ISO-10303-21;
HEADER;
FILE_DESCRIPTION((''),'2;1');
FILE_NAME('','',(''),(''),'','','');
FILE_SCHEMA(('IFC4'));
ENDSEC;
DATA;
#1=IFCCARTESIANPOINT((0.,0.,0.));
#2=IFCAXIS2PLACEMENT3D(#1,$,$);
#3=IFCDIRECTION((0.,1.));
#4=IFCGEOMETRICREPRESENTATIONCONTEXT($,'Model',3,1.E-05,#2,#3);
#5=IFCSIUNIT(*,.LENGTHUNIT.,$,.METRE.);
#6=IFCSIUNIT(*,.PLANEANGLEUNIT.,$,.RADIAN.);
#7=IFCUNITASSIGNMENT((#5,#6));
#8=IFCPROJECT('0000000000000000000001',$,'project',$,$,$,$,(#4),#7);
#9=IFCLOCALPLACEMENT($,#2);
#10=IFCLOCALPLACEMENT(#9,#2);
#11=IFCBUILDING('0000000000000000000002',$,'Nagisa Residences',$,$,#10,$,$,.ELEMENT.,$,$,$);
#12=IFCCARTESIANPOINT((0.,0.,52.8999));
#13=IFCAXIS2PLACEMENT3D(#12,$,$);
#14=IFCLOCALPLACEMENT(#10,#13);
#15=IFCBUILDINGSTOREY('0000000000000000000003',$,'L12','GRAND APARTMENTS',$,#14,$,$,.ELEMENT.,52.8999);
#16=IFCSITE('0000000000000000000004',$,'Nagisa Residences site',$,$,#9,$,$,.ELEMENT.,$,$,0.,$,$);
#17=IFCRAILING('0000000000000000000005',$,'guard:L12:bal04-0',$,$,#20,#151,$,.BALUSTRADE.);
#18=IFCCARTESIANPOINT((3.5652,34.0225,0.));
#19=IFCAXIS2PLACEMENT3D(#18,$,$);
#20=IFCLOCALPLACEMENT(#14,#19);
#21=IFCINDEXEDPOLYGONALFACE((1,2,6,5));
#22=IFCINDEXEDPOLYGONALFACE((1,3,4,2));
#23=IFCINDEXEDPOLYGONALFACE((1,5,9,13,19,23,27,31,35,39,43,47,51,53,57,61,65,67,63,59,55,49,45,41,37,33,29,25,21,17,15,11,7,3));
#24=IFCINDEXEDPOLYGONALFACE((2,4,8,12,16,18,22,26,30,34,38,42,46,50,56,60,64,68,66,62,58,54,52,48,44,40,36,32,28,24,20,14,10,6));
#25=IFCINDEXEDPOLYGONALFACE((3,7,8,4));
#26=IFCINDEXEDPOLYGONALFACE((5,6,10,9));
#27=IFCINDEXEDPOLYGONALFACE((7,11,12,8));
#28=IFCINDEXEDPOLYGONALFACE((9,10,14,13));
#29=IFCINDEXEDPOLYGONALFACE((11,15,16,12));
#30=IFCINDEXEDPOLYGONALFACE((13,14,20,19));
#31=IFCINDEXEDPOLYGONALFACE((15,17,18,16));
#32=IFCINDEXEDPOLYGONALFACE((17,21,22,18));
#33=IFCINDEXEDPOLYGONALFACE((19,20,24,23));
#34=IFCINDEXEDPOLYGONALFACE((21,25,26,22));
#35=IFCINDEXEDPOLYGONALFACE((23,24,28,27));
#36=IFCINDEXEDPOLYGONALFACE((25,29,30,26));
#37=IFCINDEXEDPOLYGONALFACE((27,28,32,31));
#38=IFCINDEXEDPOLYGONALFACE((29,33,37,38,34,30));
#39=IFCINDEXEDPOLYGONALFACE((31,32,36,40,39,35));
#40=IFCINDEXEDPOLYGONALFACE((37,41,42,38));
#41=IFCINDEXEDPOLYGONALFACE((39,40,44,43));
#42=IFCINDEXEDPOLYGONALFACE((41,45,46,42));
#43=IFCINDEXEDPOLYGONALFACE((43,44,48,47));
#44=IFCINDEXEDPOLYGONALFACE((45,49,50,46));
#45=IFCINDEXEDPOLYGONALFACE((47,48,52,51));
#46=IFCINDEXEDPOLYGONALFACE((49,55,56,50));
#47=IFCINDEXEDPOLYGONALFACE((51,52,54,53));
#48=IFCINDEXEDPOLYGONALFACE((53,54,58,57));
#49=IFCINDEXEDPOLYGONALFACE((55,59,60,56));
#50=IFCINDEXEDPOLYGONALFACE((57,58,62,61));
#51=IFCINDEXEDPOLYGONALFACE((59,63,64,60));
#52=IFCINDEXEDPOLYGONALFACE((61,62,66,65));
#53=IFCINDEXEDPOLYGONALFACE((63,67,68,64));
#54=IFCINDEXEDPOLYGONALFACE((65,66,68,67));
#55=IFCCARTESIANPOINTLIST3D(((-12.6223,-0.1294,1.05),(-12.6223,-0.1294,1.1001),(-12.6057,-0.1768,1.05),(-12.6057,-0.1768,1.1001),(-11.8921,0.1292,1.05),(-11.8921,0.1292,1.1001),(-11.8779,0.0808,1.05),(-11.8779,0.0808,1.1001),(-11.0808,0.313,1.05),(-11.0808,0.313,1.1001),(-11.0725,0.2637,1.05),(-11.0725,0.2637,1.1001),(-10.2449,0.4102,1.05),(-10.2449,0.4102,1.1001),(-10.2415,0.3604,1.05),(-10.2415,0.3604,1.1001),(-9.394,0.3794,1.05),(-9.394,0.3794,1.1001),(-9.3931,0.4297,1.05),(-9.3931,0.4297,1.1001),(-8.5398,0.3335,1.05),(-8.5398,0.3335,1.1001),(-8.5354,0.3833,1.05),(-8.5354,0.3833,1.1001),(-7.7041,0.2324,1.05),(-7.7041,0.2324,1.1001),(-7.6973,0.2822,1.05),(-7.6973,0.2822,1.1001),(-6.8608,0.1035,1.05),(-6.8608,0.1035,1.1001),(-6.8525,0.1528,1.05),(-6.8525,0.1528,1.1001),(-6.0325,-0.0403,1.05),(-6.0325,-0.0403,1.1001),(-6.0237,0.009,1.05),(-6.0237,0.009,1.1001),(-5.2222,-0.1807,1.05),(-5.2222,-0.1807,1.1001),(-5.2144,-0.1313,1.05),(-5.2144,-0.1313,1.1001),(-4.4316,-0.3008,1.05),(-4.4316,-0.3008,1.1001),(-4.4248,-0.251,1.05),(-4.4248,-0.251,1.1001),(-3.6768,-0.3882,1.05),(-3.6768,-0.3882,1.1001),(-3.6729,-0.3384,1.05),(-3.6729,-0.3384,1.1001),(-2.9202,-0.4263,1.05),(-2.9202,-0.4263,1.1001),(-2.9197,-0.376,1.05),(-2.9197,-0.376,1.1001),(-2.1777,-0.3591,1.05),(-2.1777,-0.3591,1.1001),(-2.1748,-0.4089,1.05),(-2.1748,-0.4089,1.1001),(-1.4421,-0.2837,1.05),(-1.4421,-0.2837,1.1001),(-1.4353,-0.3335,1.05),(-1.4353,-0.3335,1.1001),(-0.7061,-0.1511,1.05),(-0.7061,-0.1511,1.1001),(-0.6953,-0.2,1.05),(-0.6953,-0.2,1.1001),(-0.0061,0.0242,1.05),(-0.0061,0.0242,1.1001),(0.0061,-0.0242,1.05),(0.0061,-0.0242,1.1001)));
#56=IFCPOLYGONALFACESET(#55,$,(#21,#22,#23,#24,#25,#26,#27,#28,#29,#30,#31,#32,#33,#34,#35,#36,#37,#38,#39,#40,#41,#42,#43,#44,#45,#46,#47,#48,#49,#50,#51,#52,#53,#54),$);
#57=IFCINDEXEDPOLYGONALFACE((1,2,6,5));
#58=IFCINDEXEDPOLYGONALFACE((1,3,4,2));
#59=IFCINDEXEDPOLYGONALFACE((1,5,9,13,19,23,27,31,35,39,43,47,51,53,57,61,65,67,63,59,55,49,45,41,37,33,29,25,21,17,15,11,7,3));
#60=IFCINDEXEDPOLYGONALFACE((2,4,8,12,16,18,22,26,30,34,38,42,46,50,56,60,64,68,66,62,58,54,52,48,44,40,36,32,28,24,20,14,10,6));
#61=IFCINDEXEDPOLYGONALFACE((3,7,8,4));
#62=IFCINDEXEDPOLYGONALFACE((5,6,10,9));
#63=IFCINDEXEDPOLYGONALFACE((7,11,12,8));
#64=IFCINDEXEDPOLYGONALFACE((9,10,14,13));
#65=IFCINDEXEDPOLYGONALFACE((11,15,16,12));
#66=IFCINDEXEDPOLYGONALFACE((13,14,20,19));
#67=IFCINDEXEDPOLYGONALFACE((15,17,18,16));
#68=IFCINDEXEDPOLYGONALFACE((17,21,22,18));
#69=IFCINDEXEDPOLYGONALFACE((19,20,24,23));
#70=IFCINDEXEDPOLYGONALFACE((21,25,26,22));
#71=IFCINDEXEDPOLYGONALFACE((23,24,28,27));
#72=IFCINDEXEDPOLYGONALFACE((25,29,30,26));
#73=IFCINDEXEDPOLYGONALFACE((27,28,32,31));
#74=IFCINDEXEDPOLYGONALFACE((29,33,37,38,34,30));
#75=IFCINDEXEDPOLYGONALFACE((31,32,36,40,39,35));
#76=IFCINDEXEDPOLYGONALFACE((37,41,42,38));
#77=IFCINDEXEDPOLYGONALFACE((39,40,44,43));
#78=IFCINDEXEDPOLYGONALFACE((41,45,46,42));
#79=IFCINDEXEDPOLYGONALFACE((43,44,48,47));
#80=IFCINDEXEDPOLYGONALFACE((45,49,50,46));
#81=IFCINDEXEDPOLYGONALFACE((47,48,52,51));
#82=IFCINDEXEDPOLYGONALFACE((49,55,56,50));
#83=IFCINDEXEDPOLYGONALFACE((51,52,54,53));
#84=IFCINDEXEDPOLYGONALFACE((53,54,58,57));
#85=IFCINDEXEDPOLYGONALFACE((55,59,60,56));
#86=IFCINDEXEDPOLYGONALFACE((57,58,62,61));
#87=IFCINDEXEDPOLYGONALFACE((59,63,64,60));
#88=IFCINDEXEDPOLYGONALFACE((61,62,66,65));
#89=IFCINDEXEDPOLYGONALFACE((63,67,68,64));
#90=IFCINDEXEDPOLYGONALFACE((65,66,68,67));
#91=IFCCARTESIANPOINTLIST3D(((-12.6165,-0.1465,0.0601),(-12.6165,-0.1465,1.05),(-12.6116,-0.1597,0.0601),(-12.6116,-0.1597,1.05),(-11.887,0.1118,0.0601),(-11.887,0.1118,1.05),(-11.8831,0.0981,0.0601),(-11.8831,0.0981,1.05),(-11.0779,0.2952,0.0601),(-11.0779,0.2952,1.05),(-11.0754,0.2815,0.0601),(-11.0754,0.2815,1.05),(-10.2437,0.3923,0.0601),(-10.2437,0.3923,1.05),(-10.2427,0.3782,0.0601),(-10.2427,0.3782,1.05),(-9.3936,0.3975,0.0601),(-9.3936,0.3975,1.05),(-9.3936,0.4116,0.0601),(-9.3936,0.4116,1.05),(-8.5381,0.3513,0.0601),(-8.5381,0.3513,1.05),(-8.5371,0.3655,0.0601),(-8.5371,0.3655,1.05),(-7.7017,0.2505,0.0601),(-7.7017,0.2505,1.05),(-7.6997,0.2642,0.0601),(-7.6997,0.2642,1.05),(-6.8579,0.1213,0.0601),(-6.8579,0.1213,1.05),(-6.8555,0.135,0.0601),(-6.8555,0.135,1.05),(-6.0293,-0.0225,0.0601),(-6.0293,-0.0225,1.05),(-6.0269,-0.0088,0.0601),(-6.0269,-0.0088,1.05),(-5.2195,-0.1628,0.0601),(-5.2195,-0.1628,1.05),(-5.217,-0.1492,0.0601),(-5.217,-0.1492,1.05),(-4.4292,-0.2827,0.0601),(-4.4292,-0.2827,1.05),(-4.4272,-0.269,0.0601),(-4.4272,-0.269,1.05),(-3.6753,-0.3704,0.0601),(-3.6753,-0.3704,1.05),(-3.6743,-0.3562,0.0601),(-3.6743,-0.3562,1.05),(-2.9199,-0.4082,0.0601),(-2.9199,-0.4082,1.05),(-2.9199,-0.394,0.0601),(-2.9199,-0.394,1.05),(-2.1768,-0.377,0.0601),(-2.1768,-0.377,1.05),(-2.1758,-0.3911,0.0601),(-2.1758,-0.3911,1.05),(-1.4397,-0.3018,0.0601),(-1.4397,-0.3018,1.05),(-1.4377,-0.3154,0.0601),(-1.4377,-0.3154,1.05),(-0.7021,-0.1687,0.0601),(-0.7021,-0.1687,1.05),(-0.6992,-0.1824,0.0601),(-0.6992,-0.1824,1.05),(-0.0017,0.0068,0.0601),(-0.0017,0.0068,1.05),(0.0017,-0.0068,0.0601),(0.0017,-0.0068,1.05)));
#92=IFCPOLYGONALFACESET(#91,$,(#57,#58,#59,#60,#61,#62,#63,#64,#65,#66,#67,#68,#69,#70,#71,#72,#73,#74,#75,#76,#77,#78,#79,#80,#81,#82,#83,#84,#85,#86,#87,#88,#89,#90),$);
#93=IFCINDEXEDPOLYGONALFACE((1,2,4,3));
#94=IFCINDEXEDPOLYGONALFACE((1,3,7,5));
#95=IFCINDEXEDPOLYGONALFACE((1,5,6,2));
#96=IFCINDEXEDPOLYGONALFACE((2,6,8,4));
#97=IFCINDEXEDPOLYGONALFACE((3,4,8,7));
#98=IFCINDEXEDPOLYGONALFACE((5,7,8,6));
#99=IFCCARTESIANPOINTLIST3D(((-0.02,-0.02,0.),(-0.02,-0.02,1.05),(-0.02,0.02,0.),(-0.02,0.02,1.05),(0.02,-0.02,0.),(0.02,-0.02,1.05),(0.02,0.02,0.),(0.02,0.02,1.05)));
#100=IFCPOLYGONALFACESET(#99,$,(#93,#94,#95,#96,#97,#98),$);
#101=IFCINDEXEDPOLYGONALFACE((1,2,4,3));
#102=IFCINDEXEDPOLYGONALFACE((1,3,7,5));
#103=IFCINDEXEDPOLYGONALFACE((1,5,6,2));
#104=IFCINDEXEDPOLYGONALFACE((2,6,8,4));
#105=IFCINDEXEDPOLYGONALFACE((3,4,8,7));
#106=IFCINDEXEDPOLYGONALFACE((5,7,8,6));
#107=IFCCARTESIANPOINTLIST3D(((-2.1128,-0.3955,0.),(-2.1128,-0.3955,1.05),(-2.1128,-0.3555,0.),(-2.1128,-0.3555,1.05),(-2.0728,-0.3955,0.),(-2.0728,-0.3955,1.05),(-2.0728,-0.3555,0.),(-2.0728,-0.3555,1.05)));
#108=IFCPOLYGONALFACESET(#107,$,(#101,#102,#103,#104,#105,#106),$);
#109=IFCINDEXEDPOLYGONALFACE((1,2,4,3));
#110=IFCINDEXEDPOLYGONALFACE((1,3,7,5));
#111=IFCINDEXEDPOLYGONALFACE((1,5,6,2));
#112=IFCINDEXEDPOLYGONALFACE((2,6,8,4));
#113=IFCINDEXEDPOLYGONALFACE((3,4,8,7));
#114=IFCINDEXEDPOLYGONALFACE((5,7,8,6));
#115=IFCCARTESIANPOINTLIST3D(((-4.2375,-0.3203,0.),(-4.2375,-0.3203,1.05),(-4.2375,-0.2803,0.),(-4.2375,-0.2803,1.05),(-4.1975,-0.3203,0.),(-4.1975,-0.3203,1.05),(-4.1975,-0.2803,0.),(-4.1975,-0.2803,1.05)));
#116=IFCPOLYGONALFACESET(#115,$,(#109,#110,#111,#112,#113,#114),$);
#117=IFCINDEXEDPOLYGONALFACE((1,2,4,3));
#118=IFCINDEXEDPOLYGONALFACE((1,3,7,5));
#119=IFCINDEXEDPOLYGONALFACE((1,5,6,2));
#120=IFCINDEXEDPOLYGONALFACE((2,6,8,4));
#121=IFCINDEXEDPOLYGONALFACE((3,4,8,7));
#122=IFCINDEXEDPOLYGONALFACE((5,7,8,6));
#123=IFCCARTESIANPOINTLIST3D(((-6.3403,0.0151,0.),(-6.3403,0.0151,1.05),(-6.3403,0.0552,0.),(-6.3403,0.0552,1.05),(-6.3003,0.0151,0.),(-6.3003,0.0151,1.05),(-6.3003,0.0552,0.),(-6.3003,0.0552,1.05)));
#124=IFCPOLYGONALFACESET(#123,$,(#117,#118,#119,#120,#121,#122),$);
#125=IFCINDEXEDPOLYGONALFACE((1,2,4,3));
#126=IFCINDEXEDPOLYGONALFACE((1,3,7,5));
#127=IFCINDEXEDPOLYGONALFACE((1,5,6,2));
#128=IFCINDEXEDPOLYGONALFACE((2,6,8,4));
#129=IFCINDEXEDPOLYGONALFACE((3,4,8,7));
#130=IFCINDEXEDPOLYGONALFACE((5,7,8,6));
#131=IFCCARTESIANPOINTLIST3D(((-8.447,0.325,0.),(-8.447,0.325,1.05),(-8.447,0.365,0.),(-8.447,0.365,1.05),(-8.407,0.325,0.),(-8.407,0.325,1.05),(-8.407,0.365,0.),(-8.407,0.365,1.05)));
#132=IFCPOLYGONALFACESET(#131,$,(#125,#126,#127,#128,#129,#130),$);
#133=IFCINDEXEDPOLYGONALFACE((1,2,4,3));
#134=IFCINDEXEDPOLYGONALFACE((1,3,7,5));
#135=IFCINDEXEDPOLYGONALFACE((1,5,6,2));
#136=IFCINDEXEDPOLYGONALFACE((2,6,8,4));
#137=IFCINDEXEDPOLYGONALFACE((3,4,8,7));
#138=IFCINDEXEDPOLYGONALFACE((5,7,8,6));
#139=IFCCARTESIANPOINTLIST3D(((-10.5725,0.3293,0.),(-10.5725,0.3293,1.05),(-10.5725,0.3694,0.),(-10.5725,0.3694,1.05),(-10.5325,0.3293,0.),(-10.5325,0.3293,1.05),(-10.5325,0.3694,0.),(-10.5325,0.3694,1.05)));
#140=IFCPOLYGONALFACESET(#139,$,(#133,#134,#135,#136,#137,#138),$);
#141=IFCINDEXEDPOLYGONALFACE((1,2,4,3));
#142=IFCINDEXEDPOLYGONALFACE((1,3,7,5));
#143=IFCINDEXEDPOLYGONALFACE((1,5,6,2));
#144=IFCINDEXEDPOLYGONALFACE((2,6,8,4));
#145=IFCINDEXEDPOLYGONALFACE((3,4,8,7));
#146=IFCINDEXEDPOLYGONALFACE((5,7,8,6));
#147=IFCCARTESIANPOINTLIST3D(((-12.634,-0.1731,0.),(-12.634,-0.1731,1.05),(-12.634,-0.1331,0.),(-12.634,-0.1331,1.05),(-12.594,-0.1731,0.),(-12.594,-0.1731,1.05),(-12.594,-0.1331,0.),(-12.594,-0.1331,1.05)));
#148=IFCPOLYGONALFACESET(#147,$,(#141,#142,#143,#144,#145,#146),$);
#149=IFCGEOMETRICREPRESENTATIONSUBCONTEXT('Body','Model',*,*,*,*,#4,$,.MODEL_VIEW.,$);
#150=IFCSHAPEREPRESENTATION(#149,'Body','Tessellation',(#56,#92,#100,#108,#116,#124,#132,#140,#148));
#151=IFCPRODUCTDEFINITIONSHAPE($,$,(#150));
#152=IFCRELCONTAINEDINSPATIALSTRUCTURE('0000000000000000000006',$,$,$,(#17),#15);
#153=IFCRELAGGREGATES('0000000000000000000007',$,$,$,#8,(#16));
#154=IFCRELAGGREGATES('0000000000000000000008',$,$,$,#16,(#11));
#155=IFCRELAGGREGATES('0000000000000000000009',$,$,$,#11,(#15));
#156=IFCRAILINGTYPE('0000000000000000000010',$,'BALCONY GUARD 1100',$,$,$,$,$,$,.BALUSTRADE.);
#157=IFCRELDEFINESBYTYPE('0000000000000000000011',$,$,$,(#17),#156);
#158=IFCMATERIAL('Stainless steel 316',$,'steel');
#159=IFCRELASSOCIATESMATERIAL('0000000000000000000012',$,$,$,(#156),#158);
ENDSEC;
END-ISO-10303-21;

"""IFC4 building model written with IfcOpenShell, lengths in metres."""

from ifc_helpers import new_model, si_unit, direction, frame, origin, origin_2d, place, context, subcontext, project, spatial, polyline, rectangle, outline, extrude, material, type_object, element, save


model = new_model("IFC4")

# Units and contexts
model_context = context("Model", 3, precision=1e-05, world=origin(), true_north=direction((0.0, 1.0)))
body_context = subcontext(model_context, "Body", "Model", "MODEL_VIEW")
ifc_project = project(units=[si_unit("LENGTHUNIT", "METRE"), si_unit("PLANEANGLEUNIT", "RADIAN")], contexts=[model_context])

# Site, building, storey
site_placement = place(None, origin())
site = spatial("IfcSite", under=ifc_project, at=site_placement, Name="Nagisa Residences site", CompositionType="ELEMENT", RefElevation=0.0)
building_placement = place(site_placement, origin())
building = spatial("IfcBuilding", under=site, at=building_placement, Name="Nagisa Residences", CompositionType="ELEMENT")
storey_placement = place(building_placement, frame((0.0, 0.0, 52.8999)))
storey = spatial("IfcBuildingStorey", under=building, at=storey_placement, Name="L12", Description="GRAND APARTMENTS", CompositionType="ELEMENT", Elevation=52.8999)

# Railing
ifc_material_1 = material(Name="Stainless steel 316", Category="steel")
railing_type = type_object("IfcRailingType", Name="BALCONY GUARD 1100", PredefinedType="BALUSTRADE", material=ifc_material_1)
railing_placement = place(storey_placement, frame((3.5652, 34.0225, 0.0)))
element("IfcRailing", 1, at=railing_placement, inside=storey, type_object=railing_type, Name="guard:L12:bal04-0", PredefinedType="BALUSTRADE", context=body_context, shape_type="SweptSolid", body=[
    extrude(outline(polyline([(-0.6953, -0.2), (0.0061, -0.0242), (-0.0061, 0.0242), (-0.7061, -0.1511), (-1.4421, -0.2837), (-2.1777, -0.3591), (-2.9197, -0.376), (-3.6729, -0.3384), (-4.4248, -0.251), (-5.2144, -0.1313), (-6.0237, 0.009), (-6.8525, 0.1528), (-7.6973, 0.2822), (-8.5354, 0.3833), (-9.3931, 0.4297), (-10.2449, 0.4102), (-11.0808, 0.313), (-11.8921, 0.1292), (-12.6223, -0.1294), (-12.6057, -0.1768), (-11.8779, 0.0808), (-11.0725, 0.2637), (-10.2415, 0.3604), (-9.394, 0.3794), (-8.5398, 0.3335), (-7.7041, 0.2324), (-6.8608, 0.1035), (-6.0325, -0.0403), (-5.2222, -0.1807), (-4.4316, -0.3008), (-3.6768, -0.3882), (-2.9202, -0.4263), (-2.1748, -0.4089), (-1.4353, -0.3335), (-0.6953, -0.2)])), frame((0.0, 0.0, 1.05)), (0.0, 0.0, 1.0), 0.05),
    extrude(outline(polyline([(-0.6992, -0.1824), (0.0017, -0.0068), (-0.0017, 0.0068), (-0.7021, -0.1687), (-1.4397, -0.3018), (-2.1768, -0.377), (-2.9199, -0.394), (-3.6743, -0.3562), (-4.4272, -0.269), (-5.217, -0.1492), (-6.0269, -0.0088), (-6.8555, 0.135), (-7.6997, 0.2642), (-8.5371, 0.3655), (-9.3936, 0.4116), (-10.2437, 0.3923), (-11.0779, 0.2952), (-11.887, 0.1118), (-12.6165, -0.1465), (-12.6116, -0.1597), (-11.8831, 0.0981), (-11.0754, 0.2815), (-10.2427, 0.3782), (-9.3936, 0.3975), (-8.5381, 0.3513), (-7.7017, 0.2505), (-6.8579, 0.1213), (-6.0293, -0.0225), (-5.2195, -0.1628), (-4.4292, -0.2827), (-3.6753, -0.3704), (-2.9199, -0.4082), (-2.1758, -0.3911), (-1.4377, -0.3154), (-0.6992, -0.1824)])), frame((0.0, 0.0, 0.0601)), (0.0, 0.0, 1.0), 0.99),
    extrude(rectangle(XDim=0.04, YDim=0.04, at=origin_2d()), origin(), (0.0, 0.0, 1.0), 1.05),
    extrude(rectangle(XDim=0.04, YDim=0.04, at=origin_2d()), frame((-2.0928, -0.3755, 0.0)), (0.0, 0.0, 1.0), 1.05),
    extrude(rectangle(XDim=0.04, YDim=0.04, at=origin_2d()), frame((-4.2175, -0.3003, 0.0)), (0.0, 0.0, 1.0), 1.05),
    extrude(rectangle(XDim=0.04, YDim=0.04, at=origin_2d()), frame((-6.3203, 0.0352, 0.0)), (0.0, 0.0, 1.0), 1.05),
    extrude(rectangle(XDim=0.04, YDim=0.04, at=origin_2d()), frame((-8.427, 0.345, 0.0)), (0.0, 0.0, 1.0), 1.05),
    extrude(rectangle(XDim=0.04, YDim=0.04, at=origin_2d()), frame((-10.5525, 0.3494, 0.0)), (0.0, 0.0, 1.0), 1.05),
    extrude(rectangle(XDim=0.04, YDim=0.04, at=origin_2d()), frame((-12.614, -0.1531, 0.0)), (0.0, 0.0, 1.0), 1.05),
])

save(model, "model.ifc")
